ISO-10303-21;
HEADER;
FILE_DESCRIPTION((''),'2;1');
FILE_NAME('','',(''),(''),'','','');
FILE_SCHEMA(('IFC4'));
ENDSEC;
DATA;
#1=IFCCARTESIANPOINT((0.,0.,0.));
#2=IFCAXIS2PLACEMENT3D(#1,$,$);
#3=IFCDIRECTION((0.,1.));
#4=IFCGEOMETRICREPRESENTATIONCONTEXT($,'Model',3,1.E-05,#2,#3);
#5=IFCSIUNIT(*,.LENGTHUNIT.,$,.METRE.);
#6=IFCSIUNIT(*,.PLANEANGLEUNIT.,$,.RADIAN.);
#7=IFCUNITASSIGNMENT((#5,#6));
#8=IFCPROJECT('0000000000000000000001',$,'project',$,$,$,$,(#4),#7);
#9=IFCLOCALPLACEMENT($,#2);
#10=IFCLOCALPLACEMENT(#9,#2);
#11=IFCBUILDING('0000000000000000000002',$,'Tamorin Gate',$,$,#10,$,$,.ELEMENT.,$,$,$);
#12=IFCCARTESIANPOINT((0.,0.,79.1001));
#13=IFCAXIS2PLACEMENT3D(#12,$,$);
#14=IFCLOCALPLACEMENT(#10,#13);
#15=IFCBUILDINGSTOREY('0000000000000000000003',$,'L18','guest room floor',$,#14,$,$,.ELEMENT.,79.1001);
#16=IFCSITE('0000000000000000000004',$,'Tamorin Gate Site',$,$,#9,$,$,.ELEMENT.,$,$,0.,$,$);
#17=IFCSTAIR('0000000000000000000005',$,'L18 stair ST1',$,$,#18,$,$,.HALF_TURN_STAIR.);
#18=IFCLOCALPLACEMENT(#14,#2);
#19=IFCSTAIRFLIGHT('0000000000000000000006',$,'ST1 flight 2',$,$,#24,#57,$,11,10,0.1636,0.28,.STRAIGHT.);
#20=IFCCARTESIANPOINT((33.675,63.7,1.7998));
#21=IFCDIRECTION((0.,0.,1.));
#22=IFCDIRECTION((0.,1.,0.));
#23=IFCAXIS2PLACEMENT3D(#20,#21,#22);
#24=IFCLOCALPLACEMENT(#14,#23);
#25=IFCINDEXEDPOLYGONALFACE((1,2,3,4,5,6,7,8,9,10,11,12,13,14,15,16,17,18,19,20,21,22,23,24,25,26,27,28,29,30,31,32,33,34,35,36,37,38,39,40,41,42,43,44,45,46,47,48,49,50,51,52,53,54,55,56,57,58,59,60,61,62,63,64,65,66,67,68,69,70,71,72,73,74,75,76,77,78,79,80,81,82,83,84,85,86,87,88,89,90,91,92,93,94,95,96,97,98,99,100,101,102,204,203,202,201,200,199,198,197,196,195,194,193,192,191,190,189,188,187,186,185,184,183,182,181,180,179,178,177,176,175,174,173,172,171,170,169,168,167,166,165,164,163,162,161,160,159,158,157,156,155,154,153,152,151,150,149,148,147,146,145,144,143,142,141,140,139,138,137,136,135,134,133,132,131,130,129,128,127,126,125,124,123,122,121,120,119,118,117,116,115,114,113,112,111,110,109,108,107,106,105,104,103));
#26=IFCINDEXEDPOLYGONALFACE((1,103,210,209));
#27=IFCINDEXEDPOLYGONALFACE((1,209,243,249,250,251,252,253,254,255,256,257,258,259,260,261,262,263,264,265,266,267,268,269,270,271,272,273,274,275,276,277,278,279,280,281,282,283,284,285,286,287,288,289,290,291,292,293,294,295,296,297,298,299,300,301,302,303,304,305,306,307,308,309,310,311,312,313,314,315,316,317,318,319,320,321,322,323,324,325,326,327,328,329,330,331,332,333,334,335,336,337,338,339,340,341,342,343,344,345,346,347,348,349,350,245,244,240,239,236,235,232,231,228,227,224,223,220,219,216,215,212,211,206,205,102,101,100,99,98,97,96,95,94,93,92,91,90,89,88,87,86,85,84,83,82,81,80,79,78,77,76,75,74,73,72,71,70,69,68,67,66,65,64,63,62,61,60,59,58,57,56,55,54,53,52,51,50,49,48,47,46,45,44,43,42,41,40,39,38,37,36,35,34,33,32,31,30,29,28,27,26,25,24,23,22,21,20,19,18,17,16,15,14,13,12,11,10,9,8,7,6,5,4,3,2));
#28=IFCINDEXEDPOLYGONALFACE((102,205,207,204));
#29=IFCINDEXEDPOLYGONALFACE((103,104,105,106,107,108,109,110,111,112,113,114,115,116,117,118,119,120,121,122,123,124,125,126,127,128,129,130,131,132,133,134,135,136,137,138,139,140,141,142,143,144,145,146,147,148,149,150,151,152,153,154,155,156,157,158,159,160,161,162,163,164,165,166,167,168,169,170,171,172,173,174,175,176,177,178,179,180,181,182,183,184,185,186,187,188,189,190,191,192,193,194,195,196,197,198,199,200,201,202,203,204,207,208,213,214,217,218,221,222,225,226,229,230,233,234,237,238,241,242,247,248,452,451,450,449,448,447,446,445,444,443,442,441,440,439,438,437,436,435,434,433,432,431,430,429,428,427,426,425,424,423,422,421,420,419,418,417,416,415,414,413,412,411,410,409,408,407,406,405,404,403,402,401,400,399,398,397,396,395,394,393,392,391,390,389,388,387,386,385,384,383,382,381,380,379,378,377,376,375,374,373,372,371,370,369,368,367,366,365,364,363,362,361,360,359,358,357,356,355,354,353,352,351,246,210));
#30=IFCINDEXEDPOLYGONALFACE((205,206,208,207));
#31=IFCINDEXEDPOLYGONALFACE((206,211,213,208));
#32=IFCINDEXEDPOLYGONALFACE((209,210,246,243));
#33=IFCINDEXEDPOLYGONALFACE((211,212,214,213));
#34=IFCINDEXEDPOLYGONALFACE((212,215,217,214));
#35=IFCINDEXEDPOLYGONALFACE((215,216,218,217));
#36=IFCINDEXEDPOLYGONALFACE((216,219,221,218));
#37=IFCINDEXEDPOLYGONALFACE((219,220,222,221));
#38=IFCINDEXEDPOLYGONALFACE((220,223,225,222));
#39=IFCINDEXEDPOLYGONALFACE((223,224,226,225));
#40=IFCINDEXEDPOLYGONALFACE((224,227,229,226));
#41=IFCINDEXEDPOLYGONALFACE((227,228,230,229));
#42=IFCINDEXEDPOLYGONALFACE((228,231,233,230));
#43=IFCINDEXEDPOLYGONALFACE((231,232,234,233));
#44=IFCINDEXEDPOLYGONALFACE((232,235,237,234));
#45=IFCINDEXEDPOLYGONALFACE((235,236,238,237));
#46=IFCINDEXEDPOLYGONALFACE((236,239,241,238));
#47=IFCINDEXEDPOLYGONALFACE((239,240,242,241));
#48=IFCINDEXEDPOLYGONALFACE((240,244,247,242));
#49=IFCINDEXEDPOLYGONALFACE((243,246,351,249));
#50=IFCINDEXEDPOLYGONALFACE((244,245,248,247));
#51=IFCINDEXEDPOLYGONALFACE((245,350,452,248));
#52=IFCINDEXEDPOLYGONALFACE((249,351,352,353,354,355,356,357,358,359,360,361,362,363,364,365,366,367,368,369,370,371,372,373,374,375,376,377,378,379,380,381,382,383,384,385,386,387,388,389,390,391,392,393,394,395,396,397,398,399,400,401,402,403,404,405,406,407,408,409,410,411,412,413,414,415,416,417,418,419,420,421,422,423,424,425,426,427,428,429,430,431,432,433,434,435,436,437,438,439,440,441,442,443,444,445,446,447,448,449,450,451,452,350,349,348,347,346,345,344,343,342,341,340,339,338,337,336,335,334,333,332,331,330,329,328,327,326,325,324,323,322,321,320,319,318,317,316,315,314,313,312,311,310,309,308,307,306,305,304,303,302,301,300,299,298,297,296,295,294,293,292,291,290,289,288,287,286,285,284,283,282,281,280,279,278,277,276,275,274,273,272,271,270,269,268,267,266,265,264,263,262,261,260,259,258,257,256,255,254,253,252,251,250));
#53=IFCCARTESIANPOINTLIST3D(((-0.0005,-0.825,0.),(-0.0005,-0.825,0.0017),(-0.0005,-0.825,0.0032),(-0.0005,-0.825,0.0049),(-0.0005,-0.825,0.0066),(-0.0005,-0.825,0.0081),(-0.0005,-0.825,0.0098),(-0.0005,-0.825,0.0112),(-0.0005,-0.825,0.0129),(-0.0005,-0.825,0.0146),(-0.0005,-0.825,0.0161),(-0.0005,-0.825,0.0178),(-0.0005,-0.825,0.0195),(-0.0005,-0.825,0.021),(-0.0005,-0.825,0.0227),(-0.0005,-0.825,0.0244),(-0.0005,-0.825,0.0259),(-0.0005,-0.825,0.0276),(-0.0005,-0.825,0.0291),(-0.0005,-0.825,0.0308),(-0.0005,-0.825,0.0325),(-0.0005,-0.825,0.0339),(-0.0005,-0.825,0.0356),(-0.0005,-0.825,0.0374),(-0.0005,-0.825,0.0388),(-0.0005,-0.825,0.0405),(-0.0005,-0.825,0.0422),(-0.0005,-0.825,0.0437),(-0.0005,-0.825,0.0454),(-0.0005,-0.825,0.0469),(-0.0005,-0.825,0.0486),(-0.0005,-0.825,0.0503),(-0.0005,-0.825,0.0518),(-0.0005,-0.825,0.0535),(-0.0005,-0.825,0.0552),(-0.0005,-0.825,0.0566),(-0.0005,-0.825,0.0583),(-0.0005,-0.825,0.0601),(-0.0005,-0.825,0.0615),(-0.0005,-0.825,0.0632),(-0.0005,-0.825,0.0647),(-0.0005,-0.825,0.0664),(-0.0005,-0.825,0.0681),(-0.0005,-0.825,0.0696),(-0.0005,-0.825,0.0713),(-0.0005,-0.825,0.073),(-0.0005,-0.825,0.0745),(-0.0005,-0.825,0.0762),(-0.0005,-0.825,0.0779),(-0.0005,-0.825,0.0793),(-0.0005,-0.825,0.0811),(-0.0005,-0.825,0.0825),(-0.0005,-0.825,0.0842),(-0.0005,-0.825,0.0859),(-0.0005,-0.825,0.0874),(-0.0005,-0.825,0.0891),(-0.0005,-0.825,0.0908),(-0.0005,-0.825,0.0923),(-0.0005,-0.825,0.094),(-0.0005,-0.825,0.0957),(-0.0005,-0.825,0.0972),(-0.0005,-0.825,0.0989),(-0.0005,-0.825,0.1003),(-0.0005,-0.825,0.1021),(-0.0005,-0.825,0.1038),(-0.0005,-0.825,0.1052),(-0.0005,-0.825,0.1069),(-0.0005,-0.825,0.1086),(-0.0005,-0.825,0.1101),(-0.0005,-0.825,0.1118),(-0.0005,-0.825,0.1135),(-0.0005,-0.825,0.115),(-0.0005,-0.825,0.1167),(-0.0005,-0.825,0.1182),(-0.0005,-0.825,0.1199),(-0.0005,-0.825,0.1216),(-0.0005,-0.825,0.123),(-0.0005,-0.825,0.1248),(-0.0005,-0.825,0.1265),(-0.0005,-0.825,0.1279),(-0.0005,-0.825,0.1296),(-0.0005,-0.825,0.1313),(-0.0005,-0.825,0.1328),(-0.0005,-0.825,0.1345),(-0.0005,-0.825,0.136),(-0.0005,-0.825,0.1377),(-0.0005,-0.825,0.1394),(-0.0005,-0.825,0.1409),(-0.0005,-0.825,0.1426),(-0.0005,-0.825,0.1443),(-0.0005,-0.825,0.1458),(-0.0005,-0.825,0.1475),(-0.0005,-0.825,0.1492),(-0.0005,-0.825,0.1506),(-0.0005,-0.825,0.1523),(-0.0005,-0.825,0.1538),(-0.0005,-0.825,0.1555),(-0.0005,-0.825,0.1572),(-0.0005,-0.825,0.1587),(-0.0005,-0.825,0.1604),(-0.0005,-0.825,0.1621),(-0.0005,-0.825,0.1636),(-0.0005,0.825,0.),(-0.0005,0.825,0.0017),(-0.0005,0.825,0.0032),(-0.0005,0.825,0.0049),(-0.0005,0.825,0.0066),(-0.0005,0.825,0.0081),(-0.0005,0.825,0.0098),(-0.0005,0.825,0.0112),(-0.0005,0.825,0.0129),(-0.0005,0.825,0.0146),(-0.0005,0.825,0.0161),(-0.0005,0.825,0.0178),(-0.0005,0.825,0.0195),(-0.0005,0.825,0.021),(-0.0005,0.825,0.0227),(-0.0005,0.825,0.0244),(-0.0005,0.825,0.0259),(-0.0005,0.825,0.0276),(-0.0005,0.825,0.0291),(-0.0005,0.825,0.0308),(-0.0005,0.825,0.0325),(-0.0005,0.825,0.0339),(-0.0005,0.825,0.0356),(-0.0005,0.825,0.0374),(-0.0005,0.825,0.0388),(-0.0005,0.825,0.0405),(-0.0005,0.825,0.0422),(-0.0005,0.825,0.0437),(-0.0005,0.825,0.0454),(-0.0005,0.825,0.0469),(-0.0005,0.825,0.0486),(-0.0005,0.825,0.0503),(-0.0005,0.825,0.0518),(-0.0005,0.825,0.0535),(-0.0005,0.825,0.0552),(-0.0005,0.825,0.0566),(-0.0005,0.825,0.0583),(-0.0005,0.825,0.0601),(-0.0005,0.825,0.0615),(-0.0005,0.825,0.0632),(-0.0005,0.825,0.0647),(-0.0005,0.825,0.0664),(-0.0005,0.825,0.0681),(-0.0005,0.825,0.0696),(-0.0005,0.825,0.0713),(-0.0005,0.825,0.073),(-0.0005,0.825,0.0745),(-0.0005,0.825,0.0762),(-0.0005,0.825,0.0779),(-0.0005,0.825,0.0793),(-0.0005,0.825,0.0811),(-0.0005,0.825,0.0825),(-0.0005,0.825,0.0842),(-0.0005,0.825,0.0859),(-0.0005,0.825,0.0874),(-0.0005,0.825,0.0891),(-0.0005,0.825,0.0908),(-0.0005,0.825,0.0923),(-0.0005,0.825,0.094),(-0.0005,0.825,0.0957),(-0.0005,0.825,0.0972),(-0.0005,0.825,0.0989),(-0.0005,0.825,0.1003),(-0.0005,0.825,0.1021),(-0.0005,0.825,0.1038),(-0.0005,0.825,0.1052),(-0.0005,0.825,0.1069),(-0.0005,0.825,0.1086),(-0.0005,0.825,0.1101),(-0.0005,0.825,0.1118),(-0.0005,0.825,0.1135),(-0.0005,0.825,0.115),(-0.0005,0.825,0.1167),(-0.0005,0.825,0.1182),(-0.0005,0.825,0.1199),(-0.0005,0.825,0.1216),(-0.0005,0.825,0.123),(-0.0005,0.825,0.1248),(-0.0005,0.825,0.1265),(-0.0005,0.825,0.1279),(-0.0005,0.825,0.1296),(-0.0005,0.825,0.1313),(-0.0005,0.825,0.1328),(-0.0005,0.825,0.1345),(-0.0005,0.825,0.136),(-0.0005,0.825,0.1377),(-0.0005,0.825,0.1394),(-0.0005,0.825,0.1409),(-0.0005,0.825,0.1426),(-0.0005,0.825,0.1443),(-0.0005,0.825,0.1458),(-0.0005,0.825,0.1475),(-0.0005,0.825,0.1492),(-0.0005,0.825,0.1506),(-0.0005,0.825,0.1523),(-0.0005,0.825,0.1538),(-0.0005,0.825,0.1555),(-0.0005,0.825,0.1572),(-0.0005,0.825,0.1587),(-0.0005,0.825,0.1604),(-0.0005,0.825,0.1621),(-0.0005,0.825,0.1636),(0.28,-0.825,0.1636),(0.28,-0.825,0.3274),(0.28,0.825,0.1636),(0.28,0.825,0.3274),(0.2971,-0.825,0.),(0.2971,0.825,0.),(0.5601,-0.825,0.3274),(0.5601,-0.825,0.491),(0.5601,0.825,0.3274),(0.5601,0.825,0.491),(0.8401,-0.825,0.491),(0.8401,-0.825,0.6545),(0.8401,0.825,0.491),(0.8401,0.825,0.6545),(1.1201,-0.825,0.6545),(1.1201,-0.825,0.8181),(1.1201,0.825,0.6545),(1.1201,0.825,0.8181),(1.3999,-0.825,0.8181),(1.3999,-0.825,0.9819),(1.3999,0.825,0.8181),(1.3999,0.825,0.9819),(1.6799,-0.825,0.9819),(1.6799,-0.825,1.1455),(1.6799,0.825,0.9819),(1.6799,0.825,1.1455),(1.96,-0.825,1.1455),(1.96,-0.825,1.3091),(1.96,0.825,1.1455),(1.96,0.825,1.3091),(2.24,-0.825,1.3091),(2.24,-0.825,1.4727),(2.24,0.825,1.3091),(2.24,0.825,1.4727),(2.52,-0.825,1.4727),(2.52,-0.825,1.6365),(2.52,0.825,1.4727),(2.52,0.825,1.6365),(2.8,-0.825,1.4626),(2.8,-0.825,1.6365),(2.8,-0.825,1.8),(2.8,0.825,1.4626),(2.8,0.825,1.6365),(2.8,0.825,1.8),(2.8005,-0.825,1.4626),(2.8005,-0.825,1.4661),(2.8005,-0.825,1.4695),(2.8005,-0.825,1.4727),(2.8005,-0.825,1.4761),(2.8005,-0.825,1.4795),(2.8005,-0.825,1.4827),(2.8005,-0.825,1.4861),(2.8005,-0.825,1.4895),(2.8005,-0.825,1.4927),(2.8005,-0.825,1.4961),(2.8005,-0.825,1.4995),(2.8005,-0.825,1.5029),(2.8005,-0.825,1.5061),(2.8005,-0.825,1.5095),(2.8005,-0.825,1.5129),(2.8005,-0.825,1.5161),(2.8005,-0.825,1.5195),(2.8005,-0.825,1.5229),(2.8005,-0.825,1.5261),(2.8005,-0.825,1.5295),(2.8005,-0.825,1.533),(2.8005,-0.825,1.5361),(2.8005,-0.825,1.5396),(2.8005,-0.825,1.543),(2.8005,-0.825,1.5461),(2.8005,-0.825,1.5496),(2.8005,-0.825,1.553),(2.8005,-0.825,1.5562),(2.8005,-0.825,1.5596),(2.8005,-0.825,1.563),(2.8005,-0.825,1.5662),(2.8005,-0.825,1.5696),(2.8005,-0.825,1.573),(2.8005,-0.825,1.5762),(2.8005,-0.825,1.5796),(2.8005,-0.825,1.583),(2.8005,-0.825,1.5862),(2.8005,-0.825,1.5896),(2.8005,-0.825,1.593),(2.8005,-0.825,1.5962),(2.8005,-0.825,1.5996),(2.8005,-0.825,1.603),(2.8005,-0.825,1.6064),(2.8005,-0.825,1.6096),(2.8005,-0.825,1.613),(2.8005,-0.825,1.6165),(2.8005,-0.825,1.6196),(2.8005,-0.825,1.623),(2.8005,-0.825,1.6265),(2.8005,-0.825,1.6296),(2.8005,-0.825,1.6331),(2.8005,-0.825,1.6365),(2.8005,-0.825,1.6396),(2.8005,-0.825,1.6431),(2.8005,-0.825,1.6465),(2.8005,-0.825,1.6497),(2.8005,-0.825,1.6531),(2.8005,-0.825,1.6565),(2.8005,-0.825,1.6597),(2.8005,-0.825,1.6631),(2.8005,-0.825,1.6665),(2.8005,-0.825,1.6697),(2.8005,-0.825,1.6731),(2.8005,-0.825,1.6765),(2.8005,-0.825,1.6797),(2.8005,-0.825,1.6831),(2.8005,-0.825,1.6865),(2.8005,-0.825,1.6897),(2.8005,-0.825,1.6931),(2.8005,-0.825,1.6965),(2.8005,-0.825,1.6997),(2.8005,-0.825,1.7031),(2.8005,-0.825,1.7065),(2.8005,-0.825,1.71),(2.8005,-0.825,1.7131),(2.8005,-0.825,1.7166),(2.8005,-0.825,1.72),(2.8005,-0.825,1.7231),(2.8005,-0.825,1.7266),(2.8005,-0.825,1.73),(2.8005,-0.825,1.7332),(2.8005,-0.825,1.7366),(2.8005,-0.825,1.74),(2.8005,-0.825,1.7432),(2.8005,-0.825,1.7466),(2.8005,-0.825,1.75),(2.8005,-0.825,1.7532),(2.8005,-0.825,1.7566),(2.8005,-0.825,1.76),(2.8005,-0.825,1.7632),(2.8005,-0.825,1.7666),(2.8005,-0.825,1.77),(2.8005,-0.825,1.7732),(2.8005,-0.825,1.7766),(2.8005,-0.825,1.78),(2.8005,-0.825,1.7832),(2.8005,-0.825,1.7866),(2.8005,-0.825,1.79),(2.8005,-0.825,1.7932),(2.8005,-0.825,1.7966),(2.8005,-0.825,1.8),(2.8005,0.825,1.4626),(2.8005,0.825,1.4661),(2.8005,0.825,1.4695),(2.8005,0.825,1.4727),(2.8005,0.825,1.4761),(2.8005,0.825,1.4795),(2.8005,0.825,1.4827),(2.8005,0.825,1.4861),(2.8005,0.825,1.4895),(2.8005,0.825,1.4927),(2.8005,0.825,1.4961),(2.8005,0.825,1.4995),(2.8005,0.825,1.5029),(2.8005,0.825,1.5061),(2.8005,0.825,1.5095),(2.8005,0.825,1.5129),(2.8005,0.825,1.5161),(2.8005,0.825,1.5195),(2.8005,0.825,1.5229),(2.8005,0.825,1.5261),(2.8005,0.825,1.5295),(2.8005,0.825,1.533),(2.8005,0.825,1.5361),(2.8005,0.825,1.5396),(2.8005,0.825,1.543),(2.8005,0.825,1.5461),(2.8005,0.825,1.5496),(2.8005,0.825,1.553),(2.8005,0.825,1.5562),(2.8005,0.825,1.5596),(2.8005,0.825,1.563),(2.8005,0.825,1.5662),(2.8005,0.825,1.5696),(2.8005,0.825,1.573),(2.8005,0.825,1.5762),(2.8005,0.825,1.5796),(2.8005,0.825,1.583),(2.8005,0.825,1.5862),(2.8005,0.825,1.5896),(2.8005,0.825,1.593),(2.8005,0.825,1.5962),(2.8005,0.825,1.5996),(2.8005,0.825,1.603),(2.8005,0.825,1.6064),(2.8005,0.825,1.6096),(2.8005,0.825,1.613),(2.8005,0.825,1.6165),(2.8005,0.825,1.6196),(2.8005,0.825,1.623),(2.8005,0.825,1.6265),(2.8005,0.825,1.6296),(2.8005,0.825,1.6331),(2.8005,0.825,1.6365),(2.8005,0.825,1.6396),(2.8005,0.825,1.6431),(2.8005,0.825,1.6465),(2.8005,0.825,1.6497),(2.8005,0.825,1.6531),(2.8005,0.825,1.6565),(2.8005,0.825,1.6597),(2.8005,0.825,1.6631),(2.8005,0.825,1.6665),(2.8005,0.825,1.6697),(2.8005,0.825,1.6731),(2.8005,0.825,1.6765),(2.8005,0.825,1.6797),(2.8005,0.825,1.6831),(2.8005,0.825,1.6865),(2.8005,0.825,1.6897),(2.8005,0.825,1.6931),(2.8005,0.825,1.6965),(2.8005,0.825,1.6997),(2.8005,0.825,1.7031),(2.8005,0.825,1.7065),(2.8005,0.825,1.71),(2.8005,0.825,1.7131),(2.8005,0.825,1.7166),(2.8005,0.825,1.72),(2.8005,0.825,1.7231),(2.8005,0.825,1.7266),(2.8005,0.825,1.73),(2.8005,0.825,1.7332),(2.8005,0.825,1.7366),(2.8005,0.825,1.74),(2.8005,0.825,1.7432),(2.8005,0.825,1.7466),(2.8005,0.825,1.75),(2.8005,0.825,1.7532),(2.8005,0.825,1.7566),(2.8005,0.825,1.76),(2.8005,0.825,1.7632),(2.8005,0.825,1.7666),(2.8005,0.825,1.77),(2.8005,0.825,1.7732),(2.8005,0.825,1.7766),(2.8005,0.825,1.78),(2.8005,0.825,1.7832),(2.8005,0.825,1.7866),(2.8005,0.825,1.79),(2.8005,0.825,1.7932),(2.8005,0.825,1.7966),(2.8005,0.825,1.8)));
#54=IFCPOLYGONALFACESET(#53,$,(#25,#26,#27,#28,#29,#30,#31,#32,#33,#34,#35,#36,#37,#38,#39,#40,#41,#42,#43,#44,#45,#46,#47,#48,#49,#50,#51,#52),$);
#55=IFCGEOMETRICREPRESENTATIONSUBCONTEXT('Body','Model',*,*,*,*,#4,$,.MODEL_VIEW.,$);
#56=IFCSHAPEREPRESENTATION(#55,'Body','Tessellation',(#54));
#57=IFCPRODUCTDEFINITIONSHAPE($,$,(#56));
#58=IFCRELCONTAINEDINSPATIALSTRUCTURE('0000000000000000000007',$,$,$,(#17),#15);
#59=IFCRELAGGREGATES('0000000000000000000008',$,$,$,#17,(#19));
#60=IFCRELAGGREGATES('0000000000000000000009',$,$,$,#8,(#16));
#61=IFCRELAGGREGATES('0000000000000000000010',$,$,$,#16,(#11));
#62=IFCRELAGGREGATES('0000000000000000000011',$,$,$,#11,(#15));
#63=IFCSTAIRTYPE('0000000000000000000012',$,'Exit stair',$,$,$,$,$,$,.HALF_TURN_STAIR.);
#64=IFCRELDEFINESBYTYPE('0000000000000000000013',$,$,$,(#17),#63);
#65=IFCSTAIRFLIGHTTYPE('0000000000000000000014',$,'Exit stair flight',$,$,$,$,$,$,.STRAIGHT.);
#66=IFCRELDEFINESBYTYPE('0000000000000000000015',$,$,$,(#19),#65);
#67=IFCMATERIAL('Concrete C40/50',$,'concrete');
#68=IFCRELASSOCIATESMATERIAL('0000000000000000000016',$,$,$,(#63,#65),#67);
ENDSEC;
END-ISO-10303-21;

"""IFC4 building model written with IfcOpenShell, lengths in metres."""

from ifc_helpers import new_model, si_unit, direction, frame, origin, place, context, subcontext, project, spatial, polyline, outline, extrude, material, type_object, element, aggregate, save


model = new_model("IFC4")

# Units and contexts
model_context = context("Model", 3, precision=1e-05, world=origin(), true_north=direction((0.0, 1.0)))
body_context = subcontext(model_context, "Body", "Model", "MODEL_VIEW")
ifc_project = project(units=[si_unit("LENGTHUNIT", "METRE"), si_unit("PLANEANGLEUNIT", "RADIAN")], contexts=[model_context])

# Site, building, storey
site_placement = place(None, origin())
site = spatial("IfcSite", under=ifc_project, at=site_placement, Name="Tamorin Gate Site", CompositionType="ELEMENT", RefElevation=0.0)
building_placement = place(site_placement, origin())
building = spatial("IfcBuilding", under=site, at=building_placement, Name="Tamorin Gate", CompositionType="ELEMENT")
storey_placement = place(building_placement, frame((0.0, 0.0, 79.1001)))
storey = spatial("IfcBuildingStorey", under=building, at=storey_placement, Name="L18", Description="guest room floor", CompositionType="ELEMENT", Elevation=79.1001)

# Shared definitions
ifc_material_1 = material(Name="Concrete C40/50", Category="concrete")

# Stair, stair flight
stair_type = type_object("IfcStairType", Name="Exit stair", PredefinedType="HALF_TURN_STAIR", material=ifc_material_1)
stair_placement = place(storey_placement, origin())
stair = element("IfcStair", 1, at=stair_placement, inside=storey, type_object=stair_type, Name="L18 stair ST1", PredefinedType="HALF_TURN_STAIR")
stair_flight_type = type_object("IfcStairFlightType", Name="Exit stair flight", PredefinedType="STRAIGHT", material=ifc_material_1)
stair_flight_1_placement = place(storey_placement, frame((33.675, 63.7, 1.7998), z_axis=(0.0, 0.0, 1.0), x_axis=(0.0, 1.0, 0.0)))
stair_flight_1 = element("IfcStairFlight", 2, at=stair_flight_1_placement, type_object=stair_flight_type, Name="ST1 flight 2", NumberOfRisers=11, NumberOfTreads=10, PredefinedType="STRAIGHT", RiserHeight=0.1636, TreadLength=0.28, context=body_context, shape_type="SweptSolid", body=[
    extrude(outline(polyline([(-0.0005, 0.0), (-0.0005, 0.0017), (-0.0005, 0.0032), (-0.0005, 0.0049), (-0.0005, 0.0066), (-0.0005, 0.0081), (-0.0005, 0.0098), (-0.0005, 0.0112), (-0.0005, 0.0129), (-0.0005, 0.0146), (-0.0005, 0.0161), (-0.0005, 0.0178), (-0.0005, 0.0195), (-0.0005, 0.021), (-0.0005, 0.0227), (-0.0005, 0.0244), (-0.0005, 0.0259), (-0.0005, 0.0276), (-0.0005, 0.0291), (-0.0005, 0.0308), (-0.0005, 0.0325), (-0.0005, 0.0339), (-0.0005, 0.0356), (-0.0005, 0.0374), (-0.0005, 0.0388), (-0.0005, 0.0405), (-0.0005, 0.0422), (-0.0005, 0.0437), (-0.0005, 0.0454), (-0.0005, 0.0469), (-0.0005, 0.0486), (-0.0005, 0.0503), (-0.0005, 0.0518), (-0.0005, 0.0535), (-0.0005, 0.0552), (-0.0005, 0.0566), (-0.0005, 0.0583), (-0.0005, 0.0601), (-0.0005, 0.0615), (-0.0005, 0.0632), (-0.0005, 0.0647), (-0.0005, 0.0664), (-0.0005, 0.0681), (-0.0005, 0.0696), (-0.0005, 0.0713), (-0.0005, 0.073), (-0.0005, 0.0745), (-0.0005, 0.0762), (-0.0005, 0.0779), (-0.0005, 0.0793), (-0.0005, 0.0811), (-0.0005, 0.0825), (-0.0005, 0.0842), (-0.0005, 0.0859), (-0.0005, 0.0874), (-0.0005, 0.0891), (-0.0005, 0.0908), (-0.0005, 0.0923), (-0.0005, 0.094), (-0.0005, 0.0957), (-0.0005, 0.0972), (-0.0005, 0.0989), (-0.0005, 0.1003), (-0.0005, 0.1021), (-0.0005, 0.1038), (-0.0005, 0.1052), (-0.0005, 0.1069), (-0.0005, 0.1086), (-0.0005, 0.1101), (-0.0005, 0.1118), (-0.0005, 0.1135), (-0.0005, 0.115), (-0.0005, 0.1167), (-0.0005, 0.1182), (-0.0005, 0.1199), (-0.0005, 0.1216), (-0.0005, 0.123), (-0.0005, 0.1248), (-0.0005, 0.1265), (-0.0005, 0.1279), (-0.0005, 0.1296), (-0.0005, 0.1313), (-0.0005, 0.1328), (-0.0005, 0.1345), (-0.0005, 0.136), (-0.0005, 0.1377), (-0.0005, 0.1394), (-0.0005, 0.1409), (-0.0005, 0.1426), (-0.0005, 0.1443), (-0.0005, 0.1458), (-0.0005, 0.1475), (-0.0005, 0.1492), (-0.0005, 0.1506), (-0.0005, 0.1523), (-0.0005, 0.1538), (-0.0005, 0.1555), (-0.0005, 0.1572), (-0.0005, 0.1587), (-0.0005, 0.1604), (-0.0005, 0.1621), (-0.0005, 0.1636), (0.28, 0.1636), (0.28, 0.3274), (0.5601, 0.3274), (0.5601, 0.491), (0.8401, 0.491), (0.8401, 0.6545), (1.1201, 0.6545), (1.1201, 0.8181), (1.3999, 0.8181), (1.3999, 0.9819), (1.6799, 0.9819), (1.6799, 1.1455), (1.96, 1.1455), (1.96, 1.3091), (2.24, 1.3091), (2.24, 1.4727), (2.52, 1.4727), (2.52, 1.6365), (2.8, 1.6365), (2.8, 1.8), (2.8005, 1.8), (2.8005, 1.7966), (2.8005, 1.7932), (2.8005, 1.79), (2.8005, 1.7866), (2.8005, 1.7832), (2.8005, 1.78), (2.8005, 1.7766), (2.8005, 1.7732), (2.8005, 1.77), (2.8005, 1.7666), (2.8005, 1.7632), (2.8005, 1.76), (2.8005, 1.7566), (2.8005, 1.7532), (2.8005, 1.75), (2.8005, 1.7466), (2.8005, 1.7432), (2.8005, 1.74), (2.8005, 1.7366), (2.8005, 1.7332), (2.8005, 1.73), (2.8005, 1.7266), (2.8005, 1.7231), (2.8005, 1.72), (2.8005, 1.7166), (2.8005, 1.7131), (2.8005, 1.71), (2.8005, 1.7065), (2.8005, 1.7031), (2.8005, 1.6997), (2.8005, 1.6965), (2.8005, 1.6931), (2.8005, 1.6897), (2.8005, 1.6865), (2.8005, 1.6831), (2.8005, 1.6797), (2.8005, 1.6765), (2.8005, 1.6731), (2.8005, 1.6697), (2.8005, 1.6665), (2.8005, 1.6631), (2.8005, 1.6597), (2.8005, 1.6565), (2.8005, 1.6531), (2.8005, 1.6497), (2.8005, 1.6465), (2.8005, 1.6431), (2.8005, 1.6396), (2.8005, 1.6365), (2.8005, 1.6331), (2.8005, 1.6296), (2.8005, 1.6265), (2.8005, 1.623), (2.8005, 1.6196), (2.8005, 1.6165), (2.8005, 1.613), (2.8005, 1.6096), (2.8005, 1.6064), (2.8005, 1.603), (2.8005, 1.5996), (2.8005, 1.5962), (2.8005, 1.593), (2.8005, 1.5896), (2.8005, 1.5862), (2.8005, 1.583), (2.8005, 1.5796), (2.8005, 1.5762), (2.8005, 1.573), (2.8005, 1.5696), (2.8005, 1.5662), (2.8005, 1.563), (2.8005, 1.5596), (2.8005, 1.5562), (2.8005, 1.553), (2.8005, 1.5496), (2.8005, 1.5461), (2.8005, 1.543), (2.8005, 1.5396), (2.8005, 1.5361), (2.8005, 1.533), (2.8005, 1.5295), (2.8005, 1.5261), (2.8005, 1.5229), (2.8005, 1.5195), (2.8005, 1.5161), (2.8005, 1.5129), (2.8005, 1.5095), (2.8005, 1.5061), (2.8005, 1.5029), (2.8005, 1.4995), (2.8005, 1.4961), (2.8005, 1.4927), (2.8005, 1.4895), (2.8005, 1.4861), (2.8005, 1.4827), (2.8005, 1.4795), (2.8005, 1.4761), (2.8005, 1.4727), (2.8005, 1.4695), (2.8005, 1.4661), (2.8005, 1.4626), (2.8, 1.4626), (0.2971, 0.0), (-0.0005, 0.0)])), frame((0.0, 0.825, 0.0), z_axis=(0.0, -1.0, 0.0), x_axis=(1.0, 0.0, 0.0)), (0.0, 0.0, 1.0), 1.6499),
])
aggregate(stair, [stair_flight_1])

save(model, "model.ifc")
